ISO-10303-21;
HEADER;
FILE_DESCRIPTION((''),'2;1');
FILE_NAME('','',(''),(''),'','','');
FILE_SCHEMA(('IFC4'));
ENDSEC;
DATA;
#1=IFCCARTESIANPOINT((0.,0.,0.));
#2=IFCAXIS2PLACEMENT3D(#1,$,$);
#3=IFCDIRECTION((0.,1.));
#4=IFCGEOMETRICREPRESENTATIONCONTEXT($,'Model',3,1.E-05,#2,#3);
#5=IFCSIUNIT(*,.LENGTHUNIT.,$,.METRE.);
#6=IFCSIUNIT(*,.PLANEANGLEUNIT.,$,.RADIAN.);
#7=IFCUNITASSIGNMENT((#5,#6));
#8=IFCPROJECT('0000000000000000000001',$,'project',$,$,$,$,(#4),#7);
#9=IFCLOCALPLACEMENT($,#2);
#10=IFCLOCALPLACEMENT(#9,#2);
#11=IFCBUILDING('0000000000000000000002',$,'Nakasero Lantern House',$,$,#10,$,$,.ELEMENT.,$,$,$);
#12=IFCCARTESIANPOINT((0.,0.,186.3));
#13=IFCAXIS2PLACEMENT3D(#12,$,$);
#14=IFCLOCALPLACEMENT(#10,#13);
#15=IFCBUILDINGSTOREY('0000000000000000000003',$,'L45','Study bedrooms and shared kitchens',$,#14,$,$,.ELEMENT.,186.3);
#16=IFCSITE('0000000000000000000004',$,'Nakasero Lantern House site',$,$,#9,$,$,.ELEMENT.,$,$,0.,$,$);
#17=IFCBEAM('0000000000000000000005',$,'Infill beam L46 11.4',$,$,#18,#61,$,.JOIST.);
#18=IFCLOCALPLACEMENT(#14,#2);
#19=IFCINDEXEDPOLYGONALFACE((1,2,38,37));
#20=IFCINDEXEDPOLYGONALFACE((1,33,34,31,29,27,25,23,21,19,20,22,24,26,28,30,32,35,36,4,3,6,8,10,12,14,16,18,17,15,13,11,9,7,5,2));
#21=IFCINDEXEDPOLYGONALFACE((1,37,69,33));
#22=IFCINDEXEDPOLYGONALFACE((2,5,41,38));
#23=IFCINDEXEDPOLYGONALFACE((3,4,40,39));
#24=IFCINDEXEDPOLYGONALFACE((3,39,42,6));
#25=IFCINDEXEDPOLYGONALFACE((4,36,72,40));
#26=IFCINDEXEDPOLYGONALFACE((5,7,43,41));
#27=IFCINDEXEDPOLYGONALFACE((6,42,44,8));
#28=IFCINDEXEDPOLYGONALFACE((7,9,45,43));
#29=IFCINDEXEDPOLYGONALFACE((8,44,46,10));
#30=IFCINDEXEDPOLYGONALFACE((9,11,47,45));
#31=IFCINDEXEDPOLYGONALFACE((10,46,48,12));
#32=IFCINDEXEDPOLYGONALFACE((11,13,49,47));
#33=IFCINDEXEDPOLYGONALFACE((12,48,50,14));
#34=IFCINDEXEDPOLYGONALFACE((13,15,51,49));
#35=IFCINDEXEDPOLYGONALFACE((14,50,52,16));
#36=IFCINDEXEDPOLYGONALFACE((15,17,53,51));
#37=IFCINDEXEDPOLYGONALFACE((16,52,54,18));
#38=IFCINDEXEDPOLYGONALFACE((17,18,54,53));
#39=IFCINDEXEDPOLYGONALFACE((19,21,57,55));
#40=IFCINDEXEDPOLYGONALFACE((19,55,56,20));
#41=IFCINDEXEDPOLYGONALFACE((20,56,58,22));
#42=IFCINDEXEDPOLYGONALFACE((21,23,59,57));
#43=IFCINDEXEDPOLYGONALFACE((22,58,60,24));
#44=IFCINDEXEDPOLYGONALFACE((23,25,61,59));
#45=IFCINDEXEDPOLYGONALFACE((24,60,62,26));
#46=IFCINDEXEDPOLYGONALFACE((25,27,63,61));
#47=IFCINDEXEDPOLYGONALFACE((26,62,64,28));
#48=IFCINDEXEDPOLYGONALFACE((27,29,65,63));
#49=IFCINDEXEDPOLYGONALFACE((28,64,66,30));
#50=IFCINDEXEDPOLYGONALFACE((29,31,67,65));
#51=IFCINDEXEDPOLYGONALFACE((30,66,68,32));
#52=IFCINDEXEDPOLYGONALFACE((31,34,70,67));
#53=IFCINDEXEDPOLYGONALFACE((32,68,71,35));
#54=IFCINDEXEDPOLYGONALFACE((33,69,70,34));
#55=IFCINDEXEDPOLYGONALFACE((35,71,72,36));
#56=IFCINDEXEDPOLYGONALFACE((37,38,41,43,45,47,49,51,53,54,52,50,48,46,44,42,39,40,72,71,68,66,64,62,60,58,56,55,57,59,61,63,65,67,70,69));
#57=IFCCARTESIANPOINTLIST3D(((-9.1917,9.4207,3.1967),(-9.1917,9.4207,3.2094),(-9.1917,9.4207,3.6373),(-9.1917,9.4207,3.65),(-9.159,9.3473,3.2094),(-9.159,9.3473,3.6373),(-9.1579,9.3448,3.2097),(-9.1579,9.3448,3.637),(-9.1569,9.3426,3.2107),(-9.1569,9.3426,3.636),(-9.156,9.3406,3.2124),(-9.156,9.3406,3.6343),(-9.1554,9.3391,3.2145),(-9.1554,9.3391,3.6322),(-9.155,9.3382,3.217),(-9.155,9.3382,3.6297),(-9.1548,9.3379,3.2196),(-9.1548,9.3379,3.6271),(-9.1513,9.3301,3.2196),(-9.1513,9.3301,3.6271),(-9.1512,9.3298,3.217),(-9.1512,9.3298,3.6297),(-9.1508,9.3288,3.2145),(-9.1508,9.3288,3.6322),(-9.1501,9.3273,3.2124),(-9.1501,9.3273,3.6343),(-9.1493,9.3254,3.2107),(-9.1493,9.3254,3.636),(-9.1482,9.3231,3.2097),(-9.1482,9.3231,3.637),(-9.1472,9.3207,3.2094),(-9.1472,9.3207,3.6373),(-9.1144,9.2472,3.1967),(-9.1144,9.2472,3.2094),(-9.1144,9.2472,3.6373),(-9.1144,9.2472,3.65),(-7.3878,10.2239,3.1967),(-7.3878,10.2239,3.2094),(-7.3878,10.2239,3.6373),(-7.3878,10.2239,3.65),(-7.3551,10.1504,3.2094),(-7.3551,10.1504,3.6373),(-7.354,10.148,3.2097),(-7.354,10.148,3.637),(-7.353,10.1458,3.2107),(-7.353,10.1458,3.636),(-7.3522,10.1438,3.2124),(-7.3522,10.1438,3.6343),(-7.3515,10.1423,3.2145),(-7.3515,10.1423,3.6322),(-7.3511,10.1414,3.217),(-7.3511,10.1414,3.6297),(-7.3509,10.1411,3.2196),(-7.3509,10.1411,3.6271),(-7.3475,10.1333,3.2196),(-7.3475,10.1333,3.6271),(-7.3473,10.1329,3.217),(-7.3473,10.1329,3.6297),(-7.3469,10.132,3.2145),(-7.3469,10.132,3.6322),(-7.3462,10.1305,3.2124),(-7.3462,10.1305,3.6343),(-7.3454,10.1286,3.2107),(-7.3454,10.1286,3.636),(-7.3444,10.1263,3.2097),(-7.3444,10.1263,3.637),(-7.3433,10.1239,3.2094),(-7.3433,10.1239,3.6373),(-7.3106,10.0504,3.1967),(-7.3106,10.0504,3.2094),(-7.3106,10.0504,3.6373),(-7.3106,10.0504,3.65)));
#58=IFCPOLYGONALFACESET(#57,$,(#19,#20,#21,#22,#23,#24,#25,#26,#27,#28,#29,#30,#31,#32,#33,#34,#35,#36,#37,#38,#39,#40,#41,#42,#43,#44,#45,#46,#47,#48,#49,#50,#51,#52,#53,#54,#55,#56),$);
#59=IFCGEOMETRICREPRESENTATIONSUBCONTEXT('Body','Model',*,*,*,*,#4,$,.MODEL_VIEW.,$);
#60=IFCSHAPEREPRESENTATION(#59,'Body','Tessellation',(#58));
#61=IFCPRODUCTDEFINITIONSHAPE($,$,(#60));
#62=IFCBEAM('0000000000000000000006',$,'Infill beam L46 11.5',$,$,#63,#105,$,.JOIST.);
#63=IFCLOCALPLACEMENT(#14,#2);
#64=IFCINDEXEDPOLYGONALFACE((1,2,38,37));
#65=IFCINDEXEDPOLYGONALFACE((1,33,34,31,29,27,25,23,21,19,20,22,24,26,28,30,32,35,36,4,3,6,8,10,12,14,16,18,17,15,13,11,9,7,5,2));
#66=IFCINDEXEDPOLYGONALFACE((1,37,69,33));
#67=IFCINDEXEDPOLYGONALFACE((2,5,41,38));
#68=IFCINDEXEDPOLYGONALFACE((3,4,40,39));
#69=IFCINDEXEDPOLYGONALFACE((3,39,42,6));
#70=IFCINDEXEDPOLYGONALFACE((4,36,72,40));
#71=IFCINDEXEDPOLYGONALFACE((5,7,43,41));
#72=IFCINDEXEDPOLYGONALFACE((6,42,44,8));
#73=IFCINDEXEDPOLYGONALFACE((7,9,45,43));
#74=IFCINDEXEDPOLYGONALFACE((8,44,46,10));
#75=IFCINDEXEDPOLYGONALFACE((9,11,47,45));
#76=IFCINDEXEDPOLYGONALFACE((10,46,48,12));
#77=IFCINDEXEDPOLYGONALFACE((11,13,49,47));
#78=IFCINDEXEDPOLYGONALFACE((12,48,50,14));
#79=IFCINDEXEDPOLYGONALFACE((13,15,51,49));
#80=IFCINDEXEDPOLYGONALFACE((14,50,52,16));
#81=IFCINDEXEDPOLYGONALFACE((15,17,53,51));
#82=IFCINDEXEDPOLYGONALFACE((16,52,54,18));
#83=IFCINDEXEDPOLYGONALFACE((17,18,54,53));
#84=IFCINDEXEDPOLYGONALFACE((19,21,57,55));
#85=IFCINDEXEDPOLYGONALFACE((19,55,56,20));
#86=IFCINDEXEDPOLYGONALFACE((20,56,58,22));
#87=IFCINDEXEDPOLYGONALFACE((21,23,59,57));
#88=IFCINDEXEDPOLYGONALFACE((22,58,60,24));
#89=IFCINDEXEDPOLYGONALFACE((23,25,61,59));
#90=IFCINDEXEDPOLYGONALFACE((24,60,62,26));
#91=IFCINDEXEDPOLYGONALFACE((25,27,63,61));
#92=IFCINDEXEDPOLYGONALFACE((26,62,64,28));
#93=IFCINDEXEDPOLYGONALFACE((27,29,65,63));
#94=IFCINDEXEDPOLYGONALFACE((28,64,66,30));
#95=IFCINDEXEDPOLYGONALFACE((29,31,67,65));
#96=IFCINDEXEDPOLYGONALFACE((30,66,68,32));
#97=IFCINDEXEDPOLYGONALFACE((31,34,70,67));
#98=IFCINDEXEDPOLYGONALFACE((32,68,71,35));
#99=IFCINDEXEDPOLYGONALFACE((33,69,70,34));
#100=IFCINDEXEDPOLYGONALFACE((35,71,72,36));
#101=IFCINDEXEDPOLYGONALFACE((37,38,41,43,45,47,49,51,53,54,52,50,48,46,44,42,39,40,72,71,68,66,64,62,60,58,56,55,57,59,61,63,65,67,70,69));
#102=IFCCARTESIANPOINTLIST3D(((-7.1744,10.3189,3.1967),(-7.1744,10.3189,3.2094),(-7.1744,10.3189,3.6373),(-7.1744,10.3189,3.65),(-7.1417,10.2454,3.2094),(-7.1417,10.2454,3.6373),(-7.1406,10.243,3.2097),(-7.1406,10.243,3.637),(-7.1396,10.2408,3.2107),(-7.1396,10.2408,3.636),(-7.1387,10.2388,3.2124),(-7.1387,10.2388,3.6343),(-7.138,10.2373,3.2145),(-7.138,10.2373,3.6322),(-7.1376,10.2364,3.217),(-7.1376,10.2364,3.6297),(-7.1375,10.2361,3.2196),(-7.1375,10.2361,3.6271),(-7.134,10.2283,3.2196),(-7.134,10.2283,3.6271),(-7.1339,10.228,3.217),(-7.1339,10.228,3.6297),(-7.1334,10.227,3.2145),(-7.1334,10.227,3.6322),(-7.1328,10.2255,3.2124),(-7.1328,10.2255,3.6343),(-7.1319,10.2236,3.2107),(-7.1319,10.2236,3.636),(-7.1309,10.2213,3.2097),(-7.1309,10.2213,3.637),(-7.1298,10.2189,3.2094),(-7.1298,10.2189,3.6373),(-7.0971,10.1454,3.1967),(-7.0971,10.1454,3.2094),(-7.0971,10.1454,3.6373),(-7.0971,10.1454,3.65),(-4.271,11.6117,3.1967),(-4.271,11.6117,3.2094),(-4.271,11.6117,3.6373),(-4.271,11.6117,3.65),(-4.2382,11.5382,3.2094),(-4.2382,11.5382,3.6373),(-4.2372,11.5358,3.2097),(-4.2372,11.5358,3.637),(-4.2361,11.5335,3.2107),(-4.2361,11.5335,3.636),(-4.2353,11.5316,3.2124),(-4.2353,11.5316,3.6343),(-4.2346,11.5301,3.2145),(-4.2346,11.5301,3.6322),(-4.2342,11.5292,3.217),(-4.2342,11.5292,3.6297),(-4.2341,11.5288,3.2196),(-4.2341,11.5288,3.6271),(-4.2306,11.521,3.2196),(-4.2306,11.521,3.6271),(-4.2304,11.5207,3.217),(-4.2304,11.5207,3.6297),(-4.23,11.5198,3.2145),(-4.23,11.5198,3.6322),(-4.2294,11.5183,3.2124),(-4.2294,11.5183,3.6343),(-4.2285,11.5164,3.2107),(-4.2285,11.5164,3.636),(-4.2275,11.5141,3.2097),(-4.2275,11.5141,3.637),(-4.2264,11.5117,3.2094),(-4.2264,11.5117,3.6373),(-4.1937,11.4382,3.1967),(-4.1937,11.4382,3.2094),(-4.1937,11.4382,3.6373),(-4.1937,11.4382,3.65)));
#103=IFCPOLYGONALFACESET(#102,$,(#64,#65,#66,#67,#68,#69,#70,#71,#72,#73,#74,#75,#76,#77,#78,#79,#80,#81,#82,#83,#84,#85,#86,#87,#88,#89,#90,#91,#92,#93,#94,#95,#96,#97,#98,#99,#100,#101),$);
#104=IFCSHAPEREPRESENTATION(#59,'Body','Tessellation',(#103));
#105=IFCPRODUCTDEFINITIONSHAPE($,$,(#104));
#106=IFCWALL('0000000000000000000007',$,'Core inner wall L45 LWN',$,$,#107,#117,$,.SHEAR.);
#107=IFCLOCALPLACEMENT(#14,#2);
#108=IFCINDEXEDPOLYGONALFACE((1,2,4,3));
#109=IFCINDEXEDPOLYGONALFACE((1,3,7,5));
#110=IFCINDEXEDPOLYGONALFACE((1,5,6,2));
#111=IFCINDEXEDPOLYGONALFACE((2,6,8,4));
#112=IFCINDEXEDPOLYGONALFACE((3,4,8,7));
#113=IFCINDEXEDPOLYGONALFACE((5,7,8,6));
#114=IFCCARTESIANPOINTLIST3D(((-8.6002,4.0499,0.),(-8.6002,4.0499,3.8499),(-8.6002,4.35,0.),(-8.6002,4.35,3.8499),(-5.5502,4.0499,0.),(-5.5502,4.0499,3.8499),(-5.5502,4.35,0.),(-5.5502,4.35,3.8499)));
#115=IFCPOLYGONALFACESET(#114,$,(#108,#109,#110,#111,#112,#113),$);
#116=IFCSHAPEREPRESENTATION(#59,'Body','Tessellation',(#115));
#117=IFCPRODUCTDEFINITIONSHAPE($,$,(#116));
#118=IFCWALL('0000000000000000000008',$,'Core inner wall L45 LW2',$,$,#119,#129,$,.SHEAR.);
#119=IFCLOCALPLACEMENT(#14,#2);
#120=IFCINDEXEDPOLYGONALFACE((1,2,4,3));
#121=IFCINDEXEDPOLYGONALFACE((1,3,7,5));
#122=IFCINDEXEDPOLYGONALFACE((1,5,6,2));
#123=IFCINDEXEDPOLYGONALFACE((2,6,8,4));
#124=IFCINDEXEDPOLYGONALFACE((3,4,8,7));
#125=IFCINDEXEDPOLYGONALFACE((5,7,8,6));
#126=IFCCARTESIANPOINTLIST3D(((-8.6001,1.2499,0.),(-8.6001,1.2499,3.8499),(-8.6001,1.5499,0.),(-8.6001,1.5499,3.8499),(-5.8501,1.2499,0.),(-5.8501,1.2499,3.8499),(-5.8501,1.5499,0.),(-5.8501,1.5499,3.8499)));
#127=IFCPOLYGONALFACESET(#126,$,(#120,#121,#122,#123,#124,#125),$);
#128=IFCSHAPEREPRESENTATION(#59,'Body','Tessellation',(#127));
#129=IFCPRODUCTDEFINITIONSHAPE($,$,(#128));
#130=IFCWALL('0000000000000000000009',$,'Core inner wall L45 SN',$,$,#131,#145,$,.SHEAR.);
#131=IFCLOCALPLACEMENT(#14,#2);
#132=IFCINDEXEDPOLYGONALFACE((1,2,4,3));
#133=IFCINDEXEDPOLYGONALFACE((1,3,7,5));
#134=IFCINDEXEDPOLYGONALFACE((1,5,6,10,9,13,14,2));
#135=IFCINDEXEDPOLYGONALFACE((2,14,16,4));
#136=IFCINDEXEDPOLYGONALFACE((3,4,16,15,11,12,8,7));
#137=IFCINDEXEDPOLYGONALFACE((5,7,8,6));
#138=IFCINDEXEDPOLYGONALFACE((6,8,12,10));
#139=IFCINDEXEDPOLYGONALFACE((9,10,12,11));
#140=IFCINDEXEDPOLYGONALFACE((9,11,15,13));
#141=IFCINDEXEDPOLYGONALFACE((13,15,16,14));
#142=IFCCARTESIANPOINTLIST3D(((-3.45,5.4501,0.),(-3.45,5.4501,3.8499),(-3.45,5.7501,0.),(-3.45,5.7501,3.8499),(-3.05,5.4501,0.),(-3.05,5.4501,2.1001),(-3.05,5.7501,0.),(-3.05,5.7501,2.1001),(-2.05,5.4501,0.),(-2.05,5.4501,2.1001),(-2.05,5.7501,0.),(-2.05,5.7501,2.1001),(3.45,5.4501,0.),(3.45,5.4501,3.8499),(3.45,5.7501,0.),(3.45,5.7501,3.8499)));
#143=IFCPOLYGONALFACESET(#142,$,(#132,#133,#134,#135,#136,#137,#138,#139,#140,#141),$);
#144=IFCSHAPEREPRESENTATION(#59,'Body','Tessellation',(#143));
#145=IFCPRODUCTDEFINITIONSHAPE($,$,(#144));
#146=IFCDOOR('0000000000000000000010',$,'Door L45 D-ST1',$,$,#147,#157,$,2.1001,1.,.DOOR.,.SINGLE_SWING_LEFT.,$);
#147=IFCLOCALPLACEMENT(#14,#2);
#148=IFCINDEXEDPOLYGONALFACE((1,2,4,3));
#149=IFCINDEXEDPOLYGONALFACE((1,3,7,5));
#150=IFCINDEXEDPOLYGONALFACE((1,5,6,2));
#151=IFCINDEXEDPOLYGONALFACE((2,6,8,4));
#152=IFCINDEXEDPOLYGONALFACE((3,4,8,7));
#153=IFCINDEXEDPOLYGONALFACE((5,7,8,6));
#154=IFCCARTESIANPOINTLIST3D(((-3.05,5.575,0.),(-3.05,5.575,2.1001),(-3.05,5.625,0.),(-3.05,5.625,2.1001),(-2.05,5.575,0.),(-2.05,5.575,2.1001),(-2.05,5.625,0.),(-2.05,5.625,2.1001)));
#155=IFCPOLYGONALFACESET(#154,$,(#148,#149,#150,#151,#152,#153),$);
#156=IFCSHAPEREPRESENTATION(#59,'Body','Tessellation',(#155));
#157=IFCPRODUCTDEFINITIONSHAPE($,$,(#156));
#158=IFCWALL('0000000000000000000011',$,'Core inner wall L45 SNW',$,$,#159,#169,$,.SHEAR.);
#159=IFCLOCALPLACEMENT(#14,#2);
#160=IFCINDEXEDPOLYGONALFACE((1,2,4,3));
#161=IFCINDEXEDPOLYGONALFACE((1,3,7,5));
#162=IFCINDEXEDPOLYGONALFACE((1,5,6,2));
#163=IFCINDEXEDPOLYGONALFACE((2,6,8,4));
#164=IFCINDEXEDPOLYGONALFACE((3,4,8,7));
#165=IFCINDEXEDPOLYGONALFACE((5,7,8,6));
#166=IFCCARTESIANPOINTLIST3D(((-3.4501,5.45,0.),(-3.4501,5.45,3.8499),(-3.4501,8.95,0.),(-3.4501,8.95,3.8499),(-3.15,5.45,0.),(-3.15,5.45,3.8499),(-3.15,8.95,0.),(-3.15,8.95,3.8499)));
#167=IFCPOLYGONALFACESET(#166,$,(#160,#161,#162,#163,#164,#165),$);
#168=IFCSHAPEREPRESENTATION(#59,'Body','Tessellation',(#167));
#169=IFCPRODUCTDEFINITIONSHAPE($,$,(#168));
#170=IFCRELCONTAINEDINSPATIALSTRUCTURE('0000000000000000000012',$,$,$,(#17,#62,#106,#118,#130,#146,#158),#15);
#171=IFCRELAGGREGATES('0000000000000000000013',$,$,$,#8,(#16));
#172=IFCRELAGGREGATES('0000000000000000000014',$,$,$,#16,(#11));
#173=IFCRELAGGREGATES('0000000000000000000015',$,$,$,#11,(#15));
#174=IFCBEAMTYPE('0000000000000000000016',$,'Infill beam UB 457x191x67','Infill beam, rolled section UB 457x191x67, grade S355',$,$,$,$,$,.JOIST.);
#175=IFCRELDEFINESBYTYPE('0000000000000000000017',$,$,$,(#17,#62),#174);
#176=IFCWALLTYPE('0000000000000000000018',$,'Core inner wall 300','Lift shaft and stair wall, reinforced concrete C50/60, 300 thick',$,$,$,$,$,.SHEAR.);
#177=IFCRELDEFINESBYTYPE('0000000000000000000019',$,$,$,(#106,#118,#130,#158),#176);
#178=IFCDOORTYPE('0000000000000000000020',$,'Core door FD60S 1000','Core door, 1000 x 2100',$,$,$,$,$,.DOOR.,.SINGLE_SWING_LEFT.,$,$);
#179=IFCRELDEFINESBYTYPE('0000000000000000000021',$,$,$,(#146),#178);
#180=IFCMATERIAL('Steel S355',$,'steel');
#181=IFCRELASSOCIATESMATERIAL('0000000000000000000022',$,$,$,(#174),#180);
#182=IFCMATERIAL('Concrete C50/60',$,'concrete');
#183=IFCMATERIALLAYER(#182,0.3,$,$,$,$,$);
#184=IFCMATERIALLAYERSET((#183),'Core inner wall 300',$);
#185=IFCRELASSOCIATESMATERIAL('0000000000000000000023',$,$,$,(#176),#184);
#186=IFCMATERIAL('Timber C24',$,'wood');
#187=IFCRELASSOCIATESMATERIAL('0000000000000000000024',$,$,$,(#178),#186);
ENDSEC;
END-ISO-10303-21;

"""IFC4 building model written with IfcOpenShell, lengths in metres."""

from ifc_helpers import new_model, si_unit, direction, frame, frame_2d, origin, origin_2d, place, context, subcontext, project, spatial, rectangle, i_section, extrude, material, layer, layer_set, material_profile, profile_set, type_object, element, fill, save


model = new_model("IFC4")

# Units and contexts
model_context = context("Model", 3, precision=1e-05, world=origin(), true_north=direction((0.0, 1.0)))
body_context = subcontext(model_context, "Body", "Model", "MODEL_VIEW")
ifc_project = project(units=[si_unit("LENGTHUNIT", "METRE"), si_unit("PLANEANGLEUNIT", "RADIAN")], contexts=[model_context])

# Site, building, storey
site_placement = place(None, origin())
site = spatial("IfcSite", under=ifc_project, at=site_placement, Name="Nakasero Lantern House site", CompositionType="ELEMENT", RefElevation=0.0)
building_placement = place(site_placement, origin())
building = spatial("IfcBuilding", under=site, at=building_placement, Name="Nakasero Lantern House", CompositionType="ELEMENT")
storey_placement = place(building_placement, frame((0.0, 0.0, 186.3)))
storey = spatial("IfcBuildingStorey", under=building, at=storey_placement, Name="L45", Description="Study bedrooms and shared kitchens", CompositionType="ELEMENT", Elevation=186.3)

# Beams
ifc_material_1 = material(Name="Steel S355", Category="steel")
ifc_material_profile = material_profile(ifc_material_1, i_section(OverallWidth=0.1899, OverallDepth=0.4534, WebThickness=0.0085, FlangeThickness=0.0127, FilletRadius=0.0103, at=origin_2d()), Name="UB 457x191x67")
ifc_profile_set = profile_set([ifc_material_profile], Name="Steel S355")
beam_type = type_object("IfcBeamType", Name="Infill beam UB 457x191x67", Description="Infill beam, rolled section UB 457x191x67, grade S355", PredefinedType="JOIST", material=ifc_profile_set)
beam_1_placement = place(storey_placement, frame((-9.1531, 9.334, 3.4233), z_axis=(0.913536, 0.406758, 0.0), x_axis=(-0.406758, 0.913536, 0.0)))
element("IfcBeam", 1, at=beam_1_placement, inside=storey, type_object=beam_type, Name="Infill beam L46 11.4", PredefinedType="JOIST", context=body_context, shape_type="SweptSolid", body=[
    extrude(i_section(OverallWidth=0.1899, OverallDepth=0.4534, WebThickness=0.0085, FlangeThickness=0.0127, FilletRadius=0.0103, at=origin_2d()), origin(), (0.0, 0.0, 1.0), 1.9746),
])
beam_2_placement = place(storey_placement, frame((-7.1357, 10.2322, 3.4233), z_axis=(0.913536, 0.406758, 0.0), x_axis=(-0.406758, 0.913536, 0.0)))
element("IfcBeam", 2, at=beam_2_placement, inside=storey, type_object=beam_type, Name="Infill beam L46 11.5", PredefinedType="JOIST", context=body_context, shape_type="SweptSolid", body=[
    extrude(i_section(OverallWidth=0.1899, OverallDepth=0.4534, WebThickness=0.0085, FlangeThickness=0.0127, FilletRadius=0.0103, at=origin_2d()), origin(), (0.0, 0.0, 1.0), 3.1782),
])

# Walls
ifc_material_2 = material(Name="Concrete C50/60", Category="concrete")
ifc_layer_1 = layer(ifc_material_2, 0.3)
ifc_layer_set_1 = layer_set([ifc_layer_1], Name="Core inner wall 300")
wall_type_1 = type_object("IfcWallType", Name="Core inner wall 300", Description="Lift shaft and stair wall, reinforced concrete C50/60, 300 thick", PredefinedType="SHEAR", material=ifc_layer_set_1)
wall_1_placement = place(storey_placement, frame((-8.6001, 4.2, 0.0), z_axis=(0.0, 0.0, 1.0), x_axis=(1.0, 0.0, 0.0)))
element("IfcWall", 3, at=wall_1_placement, inside=storey, type_object=wall_type_1, Name="Core inner wall L45 LWN", PredefinedType="SHEAR", context=body_context, shape_type="SweptSolid", body=[
    extrude(rectangle(XDim=3.05, YDim=0.3, at=frame_2d((1.5249, 0.0))), origin(), (0.0, 0.0, 1.0), 3.8499),
])
wall_2_placement = place(storey_placement, frame((-8.6001, 1.3999, 0.0), z_axis=(0.0, 0.0, 1.0), x_axis=(1.0, 0.0, 0.0)))
element("IfcWall", 4, at=wall_2_placement, inside=storey, type_object=wall_type_1, Name="Core inner wall L45 LW2", PredefinedType="SHEAR", context=body_context, shape_type="SweptSolid", body=[
    extrude(rectangle(XDim=2.75, YDim=0.3, at=frame_2d((1.375, 0.0))), origin(), (0.0, 0.0, 1.0), 3.8499),
])

# Wall, opening, door
wall_3_placement = place(storey_placement, frame((-3.45, 5.6001, 0.0), z_axis=(0.0, 0.0, 1.0), x_axis=(1.0, 0.0, 0.0)))
wall_3 = element("IfcWall", 5, at=wall_3_placement, inside=storey, type_object=wall_type_1, Name="Core inner wall L45 SN", PredefinedType="SHEAR", context=body_context, shape_type="SweptSolid", body=[
    extrude(rectangle(XDim=6.8999, YDim=0.3, at=frame_2d((3.45, 0.0))), origin(), (0.0, 0.0, 1.0), 3.8499),
])
opening_1_placement = place(wall_3_placement, frame((0.3999, 0.0, 0.0)))
opening_1 = element("IfcOpeningElement", 6, at=opening_1_placement, cuts=wall_3, PredefinedType="OPENING", context=body_context, shape_type="SweptSolid", body=[
    extrude(rectangle(XDim=1.0, YDim=2.1001, at=frame_2d((0.5, 1.05))), frame((0.0, 0.1699, 0.0), z_axis=(0.0, -1.0, 0.0), x_axis=(1.0, 0.0, 0.0)), (0.0, 0.0, 1.0), 0.3401),
])
ifc_material_3 = material(Name="Timber C24", Category="wood")
door_type_1 = type_object("IfcDoorType", Name="Core door FD60S 1000", Description="Core door, 1000 x 2100", OperationType="SINGLE_SWING_LEFT", PredefinedType="DOOR", material=ifc_material_3)
door_1_placement = place(opening_1_placement, origin())
door_1 = element("IfcDoor", 7, at=door_1_placement, inside=storey, type_object=door_type_1, Name="Door L45 D-ST1", OperationType="SINGLE_SWING_LEFT", OverallHeight=2.1001, OverallWidth=1.0, PredefinedType="DOOR", context=body_context, shape_type="SweptSolid", body=[
    extrude(rectangle(XDim=1.0, YDim=2.1001, at=frame_2d((0.5, 1.05))), frame((0.0, 0.0249, 0.0), z_axis=(0.0, -1.0, 0.0), x_axis=(1.0, 0.0, 0.0)), (0.0, 0.0, 1.0), 0.05),
])
fill(opening_1, door_1)

# Wall
wall_4_placement = place(storey_placement, frame((-3.3, 5.45, 0.0), z_axis=(0.0, 0.0, 1.0), x_axis=(0.0, 1.0, 0.0)))
element("IfcWall", 8, at=wall_4_placement, inside=storey, type_object=wall_type_1, Name="Core inner wall L45 SNW", PredefinedType="SHEAR", context=body_context, shape_type="SweptSolid", body=[
    extrude(rectangle(XDim=3.5, YDim=0.3, at=frame_2d((1.75, 0.0))), origin(), (0.0, 0.0, 1.0), 3.8499),
])

save(model, "model.ifc")
